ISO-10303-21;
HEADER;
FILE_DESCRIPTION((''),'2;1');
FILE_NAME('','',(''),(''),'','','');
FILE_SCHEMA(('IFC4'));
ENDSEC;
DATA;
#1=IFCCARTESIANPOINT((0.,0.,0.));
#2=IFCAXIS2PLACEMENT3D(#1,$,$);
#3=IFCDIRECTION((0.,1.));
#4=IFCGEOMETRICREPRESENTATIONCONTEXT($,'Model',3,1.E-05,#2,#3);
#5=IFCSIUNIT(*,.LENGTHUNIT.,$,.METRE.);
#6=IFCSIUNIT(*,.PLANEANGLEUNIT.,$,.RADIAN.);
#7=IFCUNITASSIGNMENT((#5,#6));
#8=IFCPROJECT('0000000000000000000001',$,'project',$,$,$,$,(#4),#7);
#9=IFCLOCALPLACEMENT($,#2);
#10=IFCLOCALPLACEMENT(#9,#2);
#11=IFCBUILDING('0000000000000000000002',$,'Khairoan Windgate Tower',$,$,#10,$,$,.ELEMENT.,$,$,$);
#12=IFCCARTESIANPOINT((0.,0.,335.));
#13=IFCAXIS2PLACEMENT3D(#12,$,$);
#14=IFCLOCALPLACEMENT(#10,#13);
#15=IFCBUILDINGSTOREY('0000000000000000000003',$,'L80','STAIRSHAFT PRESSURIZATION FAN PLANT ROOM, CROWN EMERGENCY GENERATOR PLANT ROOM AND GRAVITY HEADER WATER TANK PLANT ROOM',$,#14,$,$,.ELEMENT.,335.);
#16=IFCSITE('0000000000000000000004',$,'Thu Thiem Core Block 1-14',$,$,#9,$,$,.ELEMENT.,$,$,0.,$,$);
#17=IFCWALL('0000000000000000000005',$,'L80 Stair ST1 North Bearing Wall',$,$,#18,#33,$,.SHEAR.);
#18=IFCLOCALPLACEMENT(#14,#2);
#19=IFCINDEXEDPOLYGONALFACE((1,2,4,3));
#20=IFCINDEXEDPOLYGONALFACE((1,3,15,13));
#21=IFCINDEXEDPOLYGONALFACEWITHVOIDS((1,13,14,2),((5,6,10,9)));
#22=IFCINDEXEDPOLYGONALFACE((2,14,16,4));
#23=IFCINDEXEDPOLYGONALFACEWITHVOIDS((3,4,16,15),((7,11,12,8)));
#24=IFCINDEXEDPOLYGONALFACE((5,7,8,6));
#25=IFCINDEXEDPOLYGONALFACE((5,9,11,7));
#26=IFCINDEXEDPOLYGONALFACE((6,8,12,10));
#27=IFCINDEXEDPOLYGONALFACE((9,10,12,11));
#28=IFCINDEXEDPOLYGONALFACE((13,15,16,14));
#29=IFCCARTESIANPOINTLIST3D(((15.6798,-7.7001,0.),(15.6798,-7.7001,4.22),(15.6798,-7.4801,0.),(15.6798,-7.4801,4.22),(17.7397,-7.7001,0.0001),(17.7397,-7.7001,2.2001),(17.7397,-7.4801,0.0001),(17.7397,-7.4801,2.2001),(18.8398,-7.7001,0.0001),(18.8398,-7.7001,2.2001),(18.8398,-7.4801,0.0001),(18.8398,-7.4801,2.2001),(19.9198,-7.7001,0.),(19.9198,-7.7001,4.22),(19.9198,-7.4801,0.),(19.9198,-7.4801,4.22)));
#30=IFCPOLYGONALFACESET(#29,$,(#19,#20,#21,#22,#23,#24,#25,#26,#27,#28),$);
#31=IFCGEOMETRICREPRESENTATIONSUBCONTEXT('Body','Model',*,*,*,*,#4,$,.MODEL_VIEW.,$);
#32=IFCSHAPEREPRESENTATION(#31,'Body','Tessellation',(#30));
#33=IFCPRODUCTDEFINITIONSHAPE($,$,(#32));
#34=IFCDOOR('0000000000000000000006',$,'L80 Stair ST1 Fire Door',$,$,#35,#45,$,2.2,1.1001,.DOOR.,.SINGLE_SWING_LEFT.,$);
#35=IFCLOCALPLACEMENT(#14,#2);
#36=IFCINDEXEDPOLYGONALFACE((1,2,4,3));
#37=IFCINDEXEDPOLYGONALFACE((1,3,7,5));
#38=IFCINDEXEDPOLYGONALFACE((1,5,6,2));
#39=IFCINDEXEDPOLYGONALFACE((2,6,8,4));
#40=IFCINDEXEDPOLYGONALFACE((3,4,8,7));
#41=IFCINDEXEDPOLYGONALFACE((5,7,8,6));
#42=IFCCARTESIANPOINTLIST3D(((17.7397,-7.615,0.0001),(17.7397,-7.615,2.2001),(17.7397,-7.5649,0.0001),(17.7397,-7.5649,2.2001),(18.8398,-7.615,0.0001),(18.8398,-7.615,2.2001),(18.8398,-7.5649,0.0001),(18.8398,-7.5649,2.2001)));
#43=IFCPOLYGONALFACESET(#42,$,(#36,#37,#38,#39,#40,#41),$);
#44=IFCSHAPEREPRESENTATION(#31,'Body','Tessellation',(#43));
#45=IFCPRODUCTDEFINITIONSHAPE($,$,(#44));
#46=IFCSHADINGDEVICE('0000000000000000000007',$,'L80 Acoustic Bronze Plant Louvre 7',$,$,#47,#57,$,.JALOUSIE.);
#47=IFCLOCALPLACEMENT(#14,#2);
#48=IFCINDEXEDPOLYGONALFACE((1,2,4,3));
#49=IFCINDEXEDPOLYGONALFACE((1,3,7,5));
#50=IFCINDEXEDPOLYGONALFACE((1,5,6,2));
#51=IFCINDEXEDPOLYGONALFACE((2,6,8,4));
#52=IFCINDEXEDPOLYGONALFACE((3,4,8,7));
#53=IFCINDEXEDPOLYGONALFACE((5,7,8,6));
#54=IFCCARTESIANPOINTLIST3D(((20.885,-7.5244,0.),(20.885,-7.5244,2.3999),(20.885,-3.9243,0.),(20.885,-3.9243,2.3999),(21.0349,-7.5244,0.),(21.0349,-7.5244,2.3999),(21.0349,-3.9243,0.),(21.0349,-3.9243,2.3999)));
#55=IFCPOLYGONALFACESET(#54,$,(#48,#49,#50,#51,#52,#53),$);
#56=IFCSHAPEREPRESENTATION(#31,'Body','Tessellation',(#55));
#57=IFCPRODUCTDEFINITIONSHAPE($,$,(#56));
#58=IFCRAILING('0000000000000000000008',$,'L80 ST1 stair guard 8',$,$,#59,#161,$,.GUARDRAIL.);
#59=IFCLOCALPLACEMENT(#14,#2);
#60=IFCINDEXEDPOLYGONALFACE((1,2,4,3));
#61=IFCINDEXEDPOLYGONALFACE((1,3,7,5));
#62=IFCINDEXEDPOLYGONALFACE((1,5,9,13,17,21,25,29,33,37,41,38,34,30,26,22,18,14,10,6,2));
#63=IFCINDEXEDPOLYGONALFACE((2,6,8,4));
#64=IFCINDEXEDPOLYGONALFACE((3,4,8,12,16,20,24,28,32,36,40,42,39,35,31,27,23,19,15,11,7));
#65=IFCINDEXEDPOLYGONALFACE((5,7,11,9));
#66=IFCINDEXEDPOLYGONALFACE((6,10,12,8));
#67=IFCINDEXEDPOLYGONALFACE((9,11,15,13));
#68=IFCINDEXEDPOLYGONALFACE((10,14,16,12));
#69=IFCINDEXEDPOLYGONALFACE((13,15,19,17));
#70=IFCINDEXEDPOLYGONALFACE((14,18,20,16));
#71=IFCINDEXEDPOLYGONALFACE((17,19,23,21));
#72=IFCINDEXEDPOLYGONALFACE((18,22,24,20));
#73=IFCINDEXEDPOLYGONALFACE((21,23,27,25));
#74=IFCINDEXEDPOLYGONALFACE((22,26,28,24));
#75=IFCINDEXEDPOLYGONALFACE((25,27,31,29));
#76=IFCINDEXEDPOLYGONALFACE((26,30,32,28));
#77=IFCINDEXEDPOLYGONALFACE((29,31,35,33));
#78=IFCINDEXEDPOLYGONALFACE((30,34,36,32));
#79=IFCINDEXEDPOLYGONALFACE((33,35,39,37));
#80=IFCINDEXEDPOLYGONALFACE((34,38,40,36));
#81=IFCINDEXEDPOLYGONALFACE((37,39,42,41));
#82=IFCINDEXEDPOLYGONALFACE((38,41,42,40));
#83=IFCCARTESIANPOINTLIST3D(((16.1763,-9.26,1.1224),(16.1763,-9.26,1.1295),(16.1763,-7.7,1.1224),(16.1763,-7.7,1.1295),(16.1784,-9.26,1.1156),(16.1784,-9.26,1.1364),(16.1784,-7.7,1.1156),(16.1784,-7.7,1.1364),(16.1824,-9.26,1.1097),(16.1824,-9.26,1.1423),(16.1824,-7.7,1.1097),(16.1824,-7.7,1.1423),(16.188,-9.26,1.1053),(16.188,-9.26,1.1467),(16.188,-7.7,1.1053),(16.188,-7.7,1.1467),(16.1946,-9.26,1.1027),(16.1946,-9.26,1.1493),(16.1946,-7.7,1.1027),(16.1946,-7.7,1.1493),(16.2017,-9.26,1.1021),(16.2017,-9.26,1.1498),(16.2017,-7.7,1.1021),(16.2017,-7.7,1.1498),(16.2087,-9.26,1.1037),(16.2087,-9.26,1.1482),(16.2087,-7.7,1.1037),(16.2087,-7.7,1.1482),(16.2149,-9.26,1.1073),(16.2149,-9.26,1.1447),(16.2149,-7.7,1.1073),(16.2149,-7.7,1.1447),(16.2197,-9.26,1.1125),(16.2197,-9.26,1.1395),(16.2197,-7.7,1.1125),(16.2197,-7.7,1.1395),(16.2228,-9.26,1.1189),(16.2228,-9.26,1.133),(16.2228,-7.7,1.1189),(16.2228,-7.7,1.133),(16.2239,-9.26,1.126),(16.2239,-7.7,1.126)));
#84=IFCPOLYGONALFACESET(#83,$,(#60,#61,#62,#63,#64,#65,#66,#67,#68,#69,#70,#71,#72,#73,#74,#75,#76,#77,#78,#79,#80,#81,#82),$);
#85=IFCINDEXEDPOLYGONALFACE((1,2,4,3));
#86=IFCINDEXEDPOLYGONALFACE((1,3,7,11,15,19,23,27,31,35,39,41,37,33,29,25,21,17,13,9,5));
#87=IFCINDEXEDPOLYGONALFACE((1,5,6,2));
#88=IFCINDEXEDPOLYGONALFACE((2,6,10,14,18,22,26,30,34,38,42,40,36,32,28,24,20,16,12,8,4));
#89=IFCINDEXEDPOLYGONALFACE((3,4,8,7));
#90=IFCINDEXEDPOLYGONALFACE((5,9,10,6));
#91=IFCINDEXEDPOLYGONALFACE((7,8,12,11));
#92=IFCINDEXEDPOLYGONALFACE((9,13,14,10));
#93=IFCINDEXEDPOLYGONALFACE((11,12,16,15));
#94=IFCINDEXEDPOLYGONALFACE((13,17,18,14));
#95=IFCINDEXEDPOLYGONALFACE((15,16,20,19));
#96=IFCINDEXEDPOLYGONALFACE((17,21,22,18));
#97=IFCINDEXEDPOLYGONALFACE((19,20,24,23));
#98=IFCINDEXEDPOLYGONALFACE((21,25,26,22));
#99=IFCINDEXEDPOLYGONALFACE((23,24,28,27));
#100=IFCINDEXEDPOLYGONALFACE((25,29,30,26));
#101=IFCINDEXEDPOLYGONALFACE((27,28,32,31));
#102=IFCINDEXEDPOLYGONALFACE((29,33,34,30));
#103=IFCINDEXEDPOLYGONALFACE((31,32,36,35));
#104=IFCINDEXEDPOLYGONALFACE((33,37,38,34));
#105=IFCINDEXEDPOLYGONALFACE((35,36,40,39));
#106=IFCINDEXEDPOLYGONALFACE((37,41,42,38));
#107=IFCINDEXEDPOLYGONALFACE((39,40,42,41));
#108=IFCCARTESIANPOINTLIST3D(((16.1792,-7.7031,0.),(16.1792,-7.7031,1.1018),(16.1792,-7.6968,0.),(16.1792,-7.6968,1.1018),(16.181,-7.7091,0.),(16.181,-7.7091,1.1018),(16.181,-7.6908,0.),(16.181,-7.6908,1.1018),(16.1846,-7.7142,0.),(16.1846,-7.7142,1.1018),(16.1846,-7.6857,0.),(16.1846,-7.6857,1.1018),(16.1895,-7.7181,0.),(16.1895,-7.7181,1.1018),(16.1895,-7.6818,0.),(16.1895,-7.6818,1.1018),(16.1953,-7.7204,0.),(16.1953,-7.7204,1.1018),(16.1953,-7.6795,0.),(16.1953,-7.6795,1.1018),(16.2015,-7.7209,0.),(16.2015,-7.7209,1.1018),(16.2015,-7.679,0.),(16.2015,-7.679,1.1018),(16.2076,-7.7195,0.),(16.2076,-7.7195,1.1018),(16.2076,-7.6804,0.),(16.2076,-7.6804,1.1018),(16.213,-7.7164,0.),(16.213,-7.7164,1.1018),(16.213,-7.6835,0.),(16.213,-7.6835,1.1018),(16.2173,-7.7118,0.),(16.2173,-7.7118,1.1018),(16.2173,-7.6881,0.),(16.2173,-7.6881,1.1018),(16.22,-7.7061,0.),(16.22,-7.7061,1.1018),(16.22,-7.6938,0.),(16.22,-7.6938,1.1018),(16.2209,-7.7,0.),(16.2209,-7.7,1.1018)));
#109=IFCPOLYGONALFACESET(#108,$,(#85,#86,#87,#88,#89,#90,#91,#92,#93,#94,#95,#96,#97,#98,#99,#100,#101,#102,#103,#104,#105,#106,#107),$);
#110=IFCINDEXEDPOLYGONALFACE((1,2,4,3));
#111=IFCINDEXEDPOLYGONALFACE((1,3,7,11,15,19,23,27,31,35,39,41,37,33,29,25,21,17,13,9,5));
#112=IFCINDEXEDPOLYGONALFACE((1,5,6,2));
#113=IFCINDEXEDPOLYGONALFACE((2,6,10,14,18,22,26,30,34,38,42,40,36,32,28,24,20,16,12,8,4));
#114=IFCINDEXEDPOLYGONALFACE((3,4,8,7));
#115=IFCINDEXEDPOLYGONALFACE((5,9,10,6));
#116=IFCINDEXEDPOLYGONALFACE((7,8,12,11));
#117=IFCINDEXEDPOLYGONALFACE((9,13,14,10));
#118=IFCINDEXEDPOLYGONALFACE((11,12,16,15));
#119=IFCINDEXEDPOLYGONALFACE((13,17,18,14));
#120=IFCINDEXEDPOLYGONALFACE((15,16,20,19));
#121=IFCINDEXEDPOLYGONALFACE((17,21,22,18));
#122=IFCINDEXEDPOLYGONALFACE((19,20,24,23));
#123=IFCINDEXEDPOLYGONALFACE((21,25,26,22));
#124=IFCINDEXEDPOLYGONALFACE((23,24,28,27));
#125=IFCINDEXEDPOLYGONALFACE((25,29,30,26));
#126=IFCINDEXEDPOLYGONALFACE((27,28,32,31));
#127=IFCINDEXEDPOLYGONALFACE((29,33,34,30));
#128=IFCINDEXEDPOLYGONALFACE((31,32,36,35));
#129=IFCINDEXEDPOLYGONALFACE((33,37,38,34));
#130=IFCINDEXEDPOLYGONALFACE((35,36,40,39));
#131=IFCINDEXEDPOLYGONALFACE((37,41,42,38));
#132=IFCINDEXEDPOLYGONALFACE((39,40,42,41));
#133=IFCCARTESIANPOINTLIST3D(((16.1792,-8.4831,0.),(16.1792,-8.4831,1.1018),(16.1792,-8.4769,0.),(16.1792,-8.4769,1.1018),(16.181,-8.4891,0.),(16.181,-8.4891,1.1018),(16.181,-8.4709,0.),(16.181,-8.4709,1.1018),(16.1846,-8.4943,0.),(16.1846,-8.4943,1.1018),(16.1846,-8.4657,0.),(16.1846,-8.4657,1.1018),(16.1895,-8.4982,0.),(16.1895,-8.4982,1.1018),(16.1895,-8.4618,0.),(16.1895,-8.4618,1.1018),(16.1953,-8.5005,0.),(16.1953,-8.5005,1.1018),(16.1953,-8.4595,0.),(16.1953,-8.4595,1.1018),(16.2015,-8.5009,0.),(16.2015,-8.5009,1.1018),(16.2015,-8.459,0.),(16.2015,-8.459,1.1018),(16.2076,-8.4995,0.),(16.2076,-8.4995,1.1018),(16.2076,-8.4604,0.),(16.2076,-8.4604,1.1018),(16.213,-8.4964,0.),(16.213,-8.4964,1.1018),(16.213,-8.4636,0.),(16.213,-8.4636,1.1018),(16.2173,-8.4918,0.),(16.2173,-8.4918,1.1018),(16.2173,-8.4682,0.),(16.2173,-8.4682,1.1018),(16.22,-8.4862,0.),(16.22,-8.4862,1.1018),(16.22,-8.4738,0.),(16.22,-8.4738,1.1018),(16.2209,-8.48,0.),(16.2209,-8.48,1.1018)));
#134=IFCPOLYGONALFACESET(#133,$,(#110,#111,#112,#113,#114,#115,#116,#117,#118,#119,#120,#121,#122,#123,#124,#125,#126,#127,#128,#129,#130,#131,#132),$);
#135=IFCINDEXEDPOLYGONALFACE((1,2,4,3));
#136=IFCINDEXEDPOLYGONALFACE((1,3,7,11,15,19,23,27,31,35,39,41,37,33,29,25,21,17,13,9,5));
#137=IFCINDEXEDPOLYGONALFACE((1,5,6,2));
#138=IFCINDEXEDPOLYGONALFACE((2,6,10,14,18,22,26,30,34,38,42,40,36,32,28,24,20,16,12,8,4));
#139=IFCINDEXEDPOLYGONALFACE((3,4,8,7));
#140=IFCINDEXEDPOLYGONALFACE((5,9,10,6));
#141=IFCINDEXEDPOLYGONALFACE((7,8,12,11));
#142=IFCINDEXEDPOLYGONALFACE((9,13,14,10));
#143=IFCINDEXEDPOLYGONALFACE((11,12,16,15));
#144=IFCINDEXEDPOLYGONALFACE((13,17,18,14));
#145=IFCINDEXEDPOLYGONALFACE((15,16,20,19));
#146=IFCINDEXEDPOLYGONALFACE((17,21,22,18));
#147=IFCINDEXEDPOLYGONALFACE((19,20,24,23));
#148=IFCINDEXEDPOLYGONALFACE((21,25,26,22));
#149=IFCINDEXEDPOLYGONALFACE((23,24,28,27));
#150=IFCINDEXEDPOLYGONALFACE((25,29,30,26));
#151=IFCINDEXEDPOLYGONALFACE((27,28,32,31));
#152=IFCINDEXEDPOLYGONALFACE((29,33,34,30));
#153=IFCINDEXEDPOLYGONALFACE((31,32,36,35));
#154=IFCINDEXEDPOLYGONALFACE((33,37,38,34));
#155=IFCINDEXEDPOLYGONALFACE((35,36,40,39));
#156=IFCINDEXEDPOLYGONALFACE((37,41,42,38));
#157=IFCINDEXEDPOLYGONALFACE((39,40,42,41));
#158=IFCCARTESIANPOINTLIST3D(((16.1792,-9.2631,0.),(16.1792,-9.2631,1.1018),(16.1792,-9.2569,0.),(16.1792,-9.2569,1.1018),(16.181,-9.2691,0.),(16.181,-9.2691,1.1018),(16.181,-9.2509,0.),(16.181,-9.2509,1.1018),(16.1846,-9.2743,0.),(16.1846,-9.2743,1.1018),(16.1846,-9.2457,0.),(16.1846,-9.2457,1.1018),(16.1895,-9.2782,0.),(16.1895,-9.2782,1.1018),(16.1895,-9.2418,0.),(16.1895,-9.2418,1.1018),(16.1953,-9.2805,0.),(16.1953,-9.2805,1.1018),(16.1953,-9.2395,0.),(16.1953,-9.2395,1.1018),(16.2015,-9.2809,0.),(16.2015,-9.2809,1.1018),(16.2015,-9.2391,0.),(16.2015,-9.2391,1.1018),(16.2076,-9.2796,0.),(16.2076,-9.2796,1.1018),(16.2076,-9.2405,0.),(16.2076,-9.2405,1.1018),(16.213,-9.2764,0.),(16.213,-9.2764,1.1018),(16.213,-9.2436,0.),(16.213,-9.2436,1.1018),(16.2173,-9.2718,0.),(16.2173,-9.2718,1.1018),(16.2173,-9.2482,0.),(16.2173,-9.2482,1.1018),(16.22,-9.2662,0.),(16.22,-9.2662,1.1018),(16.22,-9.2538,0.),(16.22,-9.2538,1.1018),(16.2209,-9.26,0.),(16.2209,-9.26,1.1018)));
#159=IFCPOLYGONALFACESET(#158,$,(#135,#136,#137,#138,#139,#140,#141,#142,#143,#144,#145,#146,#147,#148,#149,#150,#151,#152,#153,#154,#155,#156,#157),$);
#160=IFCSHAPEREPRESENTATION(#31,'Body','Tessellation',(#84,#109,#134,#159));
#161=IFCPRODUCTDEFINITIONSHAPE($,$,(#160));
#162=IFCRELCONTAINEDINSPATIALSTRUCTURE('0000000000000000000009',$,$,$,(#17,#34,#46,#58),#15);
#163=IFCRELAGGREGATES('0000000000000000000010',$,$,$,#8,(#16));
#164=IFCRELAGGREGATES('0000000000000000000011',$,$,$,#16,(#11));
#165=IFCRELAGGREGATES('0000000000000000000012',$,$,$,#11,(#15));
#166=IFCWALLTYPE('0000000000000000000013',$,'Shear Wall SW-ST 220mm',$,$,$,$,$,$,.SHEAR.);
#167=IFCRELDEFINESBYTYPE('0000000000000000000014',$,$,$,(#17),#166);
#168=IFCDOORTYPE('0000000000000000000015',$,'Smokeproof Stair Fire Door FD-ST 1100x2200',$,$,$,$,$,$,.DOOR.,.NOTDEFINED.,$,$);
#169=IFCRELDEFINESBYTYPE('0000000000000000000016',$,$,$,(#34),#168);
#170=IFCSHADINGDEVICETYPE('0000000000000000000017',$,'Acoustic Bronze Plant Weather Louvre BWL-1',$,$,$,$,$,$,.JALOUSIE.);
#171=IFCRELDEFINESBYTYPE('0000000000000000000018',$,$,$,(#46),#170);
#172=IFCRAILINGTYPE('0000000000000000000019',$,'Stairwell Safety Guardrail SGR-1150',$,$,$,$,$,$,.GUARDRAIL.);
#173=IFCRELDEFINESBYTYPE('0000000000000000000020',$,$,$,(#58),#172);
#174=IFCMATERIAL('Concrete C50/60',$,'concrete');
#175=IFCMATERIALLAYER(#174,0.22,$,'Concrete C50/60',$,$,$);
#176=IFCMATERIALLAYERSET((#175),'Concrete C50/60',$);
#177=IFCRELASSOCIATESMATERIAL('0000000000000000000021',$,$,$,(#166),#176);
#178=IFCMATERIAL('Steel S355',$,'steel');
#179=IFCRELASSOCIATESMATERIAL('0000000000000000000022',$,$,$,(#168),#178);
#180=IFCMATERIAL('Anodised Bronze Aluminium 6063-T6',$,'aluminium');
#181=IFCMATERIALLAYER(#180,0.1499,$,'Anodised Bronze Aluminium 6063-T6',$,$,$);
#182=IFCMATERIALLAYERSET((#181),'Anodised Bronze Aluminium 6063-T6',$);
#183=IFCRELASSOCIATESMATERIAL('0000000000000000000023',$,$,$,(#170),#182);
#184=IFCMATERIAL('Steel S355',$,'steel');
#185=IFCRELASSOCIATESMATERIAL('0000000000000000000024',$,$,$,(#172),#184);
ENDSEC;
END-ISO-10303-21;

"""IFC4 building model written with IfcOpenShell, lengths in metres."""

from ifc_helpers import new_model, si_unit, direction, frame, frame_2d, origin, origin_2d, place, context, subcontext, project, spatial, rectangle, circle, extrude, material, layer, layer_set, type_object, element, fill, save


model = new_model("IFC4")

# Units and contexts
model_context = context("Model", 3, precision=1e-05, world=origin(), true_north=direction((0.0, 1.0)))
body_context = subcontext(model_context, "Body", "Model", "MODEL_VIEW")
ifc_project = project(units=[si_unit("LENGTHUNIT", "METRE"), si_unit("PLANEANGLEUNIT", "RADIAN")], contexts=[model_context])

# Site, building, storey
site_placement = place(None, origin())
site = spatial("IfcSite", under=ifc_project, at=site_placement, Name="Thu Thiem Core Block 1-14", CompositionType="ELEMENT", RefElevation=0.0)
building_placement = place(site_placement, origin())
building = spatial("IfcBuilding", under=site, at=building_placement, Name="Khairoan Windgate Tower", CompositionType="ELEMENT")
storey_placement = place(building_placement, frame((0.0, 0.0, 335.0)))
storey = spatial("IfcBuildingStorey", under=building, at=storey_placement, Name="L80", Description="STAIRSHAFT PRESSURIZATION FAN PLANT ROOM, CROWN EMERGENCY GENERATOR PLANT ROOM AND GRAVITY HEADER WATER TANK PLANT ROOM", CompositionType="ELEMENT", Elevation=335.0)

# Wall, opening, door
ifc_material_1 = material(Name="Concrete C50/60", Category="concrete")
ifc_layer_1 = layer(ifc_material_1, 0.22, Name="Concrete C50/60")
ifc_layer_set_1 = layer_set([ifc_layer_1], Name="Concrete C50/60")
wall_type_1 = type_object("IfcWallType", Name="Shear Wall SW-ST 220mm", PredefinedType="SHEAR", material=ifc_layer_set_1)
wall_1_placement = place(storey_placement, frame((19.9199, -7.5901, 0.0), z_axis=(0.0, 0.0, 1.0), x_axis=(-1.0, 0.0, 0.0)))
wall_1 = element("IfcWall", 1, at=wall_1_placement, inside=storey, type_object=wall_type_1, Name="L80 Stair ST1 North Bearing Wall", PredefinedType="SHEAR", context=body_context, shape_type="SweptSolid", body=[
    extrude(rectangle(XDim=4.24, YDim=0.22, at=frame_2d((2.1201, 0.0))), origin(), (0.0, 0.0, 1.0), 4.22),
])
opening_1_placement = place(wall_1_placement, frame((1.0801, 0.0, 0.0)))
opening_1 = element("IfcOpeningElement", 2, at=opening_1_placement, cuts=wall_1, PredefinedType="OPENING", context=body_context, shape_type="SweptSolid", body=[
    extrude(rectangle(XDim=1.1001, YDim=2.2, at=frame_2d((0.55, 1.1001))), frame((0.0, 0.1199, 0.0), z_axis=(0.0, -1.0, 0.0), x_axis=(1.0, 0.0, 0.0)), (0.0, 0.0, 1.0), 0.24),
])
ifc_material_2 = material(Name="Steel S355", Category="steel")
door_type_1 = type_object("IfcDoorType", Name="Smokeproof Stair Fire Door FD-ST 1100x2200", OperationType="NOTDEFINED", PredefinedType="DOOR", material=ifc_material_2)
door_1_placement = place(opening_1_placement, origin())
door_1 = element("IfcDoor", 3, at=door_1_placement, inside=storey, type_object=door_type_1, Name="L80 Stair ST1 Fire Door", OperationType="SINGLE_SWING_LEFT", OverallHeight=2.2, OverallWidth=1.1001, PredefinedType="DOOR", context=body_context, shape_type="SweptSolid", body=[
    extrude(rectangle(XDim=1.1001, YDim=2.2, at=frame_2d((0.55, 1.1001))), frame((0.0, 0.0249, 0.0), z_axis=(0.0, -1.0, 0.0), x_axis=(1.0, 0.0, 0.0)), (0.0, 0.0, 1.0), 0.05),
])
fill(opening_1, door_1)

# Shading device
ifc_material_3 = material(Name="Anodised Bronze Aluminium 6063-T6", Category="aluminium")
ifc_layer_2 = layer(ifc_material_3, 0.1499, Name="Anodised Bronze Aluminium 6063-T6")
ifc_layer_set_2 = layer_set([ifc_layer_2], Name="Anodised Bronze Aluminium 6063-T6")
shading_device_type = type_object("IfcShadingDeviceType", Name="Acoustic Bronze Plant Weather Louvre BWL-1", PredefinedType="JALOUSIE", material=ifc_layer_set_2)
shading_device_placement = place(storey_placement, frame((20.96, -5.7244, 0.0), z_axis=(0.0, 0.0, 1.0), x_axis=(0.0, -1.0, 0.0)))
element("IfcShadingDevice", 4, at=shading_device_placement, inside=storey, type_object=shading_device_type, Name="L80 Acoustic Bronze Plant Louvre 7", PredefinedType="JALOUSIE", context=body_context, shape_type="SweptSolid", body=[
    extrude(rectangle(XDim=3.6001, YDim=0.1499, at=origin_2d()), origin(), (0.0, 0.0, 1.0), 2.3999),
])

# Railing
ifc_material_4 = material(Name="Steel S355", Category="steel")
railing_type = type_object("IfcRailingType", Name="Stairwell Safety Guardrail SGR-1150", PredefinedType="GUARDRAIL", material=ifc_material_4)
for number, where, name in (
    (5, (16.2, -7.7, 0.0), "L80 ST1 stair guard 8"),
):
    element("IfcRailing", number, at=place(storey_placement, frame(where)), inside=storey, type_object=railing_type, Name=name, PredefinedType="GUARDRAIL", context=body_context, shape_type="SweptSolid", body=[
        extrude(circle(Radius=0.0239, at=origin_2d()), frame((0.0, 0.0, 1.126), z_axis=(0.0, -1.0, 0.0), x_axis=(1.0, 0.0, 0.0)), (0.0, 0.0, 1.0), 1.5601),
        extrude(circle(Radius=0.021, at=origin_2d()), origin(), (0.0, 0.0, 1.0), 1.1018),
        extrude(circle(Radius=0.021, at=origin_2d()), frame((0.0, -0.78, 0.0)), (0.0, 0.0, 1.0), 1.1018),
        extrude(circle(Radius=0.021, at=origin_2d()), frame((0.0, -1.5601, 0.0)), (0.0, 0.0, 1.0), 1.1018),
    ])

save(model, "model.ifc")
